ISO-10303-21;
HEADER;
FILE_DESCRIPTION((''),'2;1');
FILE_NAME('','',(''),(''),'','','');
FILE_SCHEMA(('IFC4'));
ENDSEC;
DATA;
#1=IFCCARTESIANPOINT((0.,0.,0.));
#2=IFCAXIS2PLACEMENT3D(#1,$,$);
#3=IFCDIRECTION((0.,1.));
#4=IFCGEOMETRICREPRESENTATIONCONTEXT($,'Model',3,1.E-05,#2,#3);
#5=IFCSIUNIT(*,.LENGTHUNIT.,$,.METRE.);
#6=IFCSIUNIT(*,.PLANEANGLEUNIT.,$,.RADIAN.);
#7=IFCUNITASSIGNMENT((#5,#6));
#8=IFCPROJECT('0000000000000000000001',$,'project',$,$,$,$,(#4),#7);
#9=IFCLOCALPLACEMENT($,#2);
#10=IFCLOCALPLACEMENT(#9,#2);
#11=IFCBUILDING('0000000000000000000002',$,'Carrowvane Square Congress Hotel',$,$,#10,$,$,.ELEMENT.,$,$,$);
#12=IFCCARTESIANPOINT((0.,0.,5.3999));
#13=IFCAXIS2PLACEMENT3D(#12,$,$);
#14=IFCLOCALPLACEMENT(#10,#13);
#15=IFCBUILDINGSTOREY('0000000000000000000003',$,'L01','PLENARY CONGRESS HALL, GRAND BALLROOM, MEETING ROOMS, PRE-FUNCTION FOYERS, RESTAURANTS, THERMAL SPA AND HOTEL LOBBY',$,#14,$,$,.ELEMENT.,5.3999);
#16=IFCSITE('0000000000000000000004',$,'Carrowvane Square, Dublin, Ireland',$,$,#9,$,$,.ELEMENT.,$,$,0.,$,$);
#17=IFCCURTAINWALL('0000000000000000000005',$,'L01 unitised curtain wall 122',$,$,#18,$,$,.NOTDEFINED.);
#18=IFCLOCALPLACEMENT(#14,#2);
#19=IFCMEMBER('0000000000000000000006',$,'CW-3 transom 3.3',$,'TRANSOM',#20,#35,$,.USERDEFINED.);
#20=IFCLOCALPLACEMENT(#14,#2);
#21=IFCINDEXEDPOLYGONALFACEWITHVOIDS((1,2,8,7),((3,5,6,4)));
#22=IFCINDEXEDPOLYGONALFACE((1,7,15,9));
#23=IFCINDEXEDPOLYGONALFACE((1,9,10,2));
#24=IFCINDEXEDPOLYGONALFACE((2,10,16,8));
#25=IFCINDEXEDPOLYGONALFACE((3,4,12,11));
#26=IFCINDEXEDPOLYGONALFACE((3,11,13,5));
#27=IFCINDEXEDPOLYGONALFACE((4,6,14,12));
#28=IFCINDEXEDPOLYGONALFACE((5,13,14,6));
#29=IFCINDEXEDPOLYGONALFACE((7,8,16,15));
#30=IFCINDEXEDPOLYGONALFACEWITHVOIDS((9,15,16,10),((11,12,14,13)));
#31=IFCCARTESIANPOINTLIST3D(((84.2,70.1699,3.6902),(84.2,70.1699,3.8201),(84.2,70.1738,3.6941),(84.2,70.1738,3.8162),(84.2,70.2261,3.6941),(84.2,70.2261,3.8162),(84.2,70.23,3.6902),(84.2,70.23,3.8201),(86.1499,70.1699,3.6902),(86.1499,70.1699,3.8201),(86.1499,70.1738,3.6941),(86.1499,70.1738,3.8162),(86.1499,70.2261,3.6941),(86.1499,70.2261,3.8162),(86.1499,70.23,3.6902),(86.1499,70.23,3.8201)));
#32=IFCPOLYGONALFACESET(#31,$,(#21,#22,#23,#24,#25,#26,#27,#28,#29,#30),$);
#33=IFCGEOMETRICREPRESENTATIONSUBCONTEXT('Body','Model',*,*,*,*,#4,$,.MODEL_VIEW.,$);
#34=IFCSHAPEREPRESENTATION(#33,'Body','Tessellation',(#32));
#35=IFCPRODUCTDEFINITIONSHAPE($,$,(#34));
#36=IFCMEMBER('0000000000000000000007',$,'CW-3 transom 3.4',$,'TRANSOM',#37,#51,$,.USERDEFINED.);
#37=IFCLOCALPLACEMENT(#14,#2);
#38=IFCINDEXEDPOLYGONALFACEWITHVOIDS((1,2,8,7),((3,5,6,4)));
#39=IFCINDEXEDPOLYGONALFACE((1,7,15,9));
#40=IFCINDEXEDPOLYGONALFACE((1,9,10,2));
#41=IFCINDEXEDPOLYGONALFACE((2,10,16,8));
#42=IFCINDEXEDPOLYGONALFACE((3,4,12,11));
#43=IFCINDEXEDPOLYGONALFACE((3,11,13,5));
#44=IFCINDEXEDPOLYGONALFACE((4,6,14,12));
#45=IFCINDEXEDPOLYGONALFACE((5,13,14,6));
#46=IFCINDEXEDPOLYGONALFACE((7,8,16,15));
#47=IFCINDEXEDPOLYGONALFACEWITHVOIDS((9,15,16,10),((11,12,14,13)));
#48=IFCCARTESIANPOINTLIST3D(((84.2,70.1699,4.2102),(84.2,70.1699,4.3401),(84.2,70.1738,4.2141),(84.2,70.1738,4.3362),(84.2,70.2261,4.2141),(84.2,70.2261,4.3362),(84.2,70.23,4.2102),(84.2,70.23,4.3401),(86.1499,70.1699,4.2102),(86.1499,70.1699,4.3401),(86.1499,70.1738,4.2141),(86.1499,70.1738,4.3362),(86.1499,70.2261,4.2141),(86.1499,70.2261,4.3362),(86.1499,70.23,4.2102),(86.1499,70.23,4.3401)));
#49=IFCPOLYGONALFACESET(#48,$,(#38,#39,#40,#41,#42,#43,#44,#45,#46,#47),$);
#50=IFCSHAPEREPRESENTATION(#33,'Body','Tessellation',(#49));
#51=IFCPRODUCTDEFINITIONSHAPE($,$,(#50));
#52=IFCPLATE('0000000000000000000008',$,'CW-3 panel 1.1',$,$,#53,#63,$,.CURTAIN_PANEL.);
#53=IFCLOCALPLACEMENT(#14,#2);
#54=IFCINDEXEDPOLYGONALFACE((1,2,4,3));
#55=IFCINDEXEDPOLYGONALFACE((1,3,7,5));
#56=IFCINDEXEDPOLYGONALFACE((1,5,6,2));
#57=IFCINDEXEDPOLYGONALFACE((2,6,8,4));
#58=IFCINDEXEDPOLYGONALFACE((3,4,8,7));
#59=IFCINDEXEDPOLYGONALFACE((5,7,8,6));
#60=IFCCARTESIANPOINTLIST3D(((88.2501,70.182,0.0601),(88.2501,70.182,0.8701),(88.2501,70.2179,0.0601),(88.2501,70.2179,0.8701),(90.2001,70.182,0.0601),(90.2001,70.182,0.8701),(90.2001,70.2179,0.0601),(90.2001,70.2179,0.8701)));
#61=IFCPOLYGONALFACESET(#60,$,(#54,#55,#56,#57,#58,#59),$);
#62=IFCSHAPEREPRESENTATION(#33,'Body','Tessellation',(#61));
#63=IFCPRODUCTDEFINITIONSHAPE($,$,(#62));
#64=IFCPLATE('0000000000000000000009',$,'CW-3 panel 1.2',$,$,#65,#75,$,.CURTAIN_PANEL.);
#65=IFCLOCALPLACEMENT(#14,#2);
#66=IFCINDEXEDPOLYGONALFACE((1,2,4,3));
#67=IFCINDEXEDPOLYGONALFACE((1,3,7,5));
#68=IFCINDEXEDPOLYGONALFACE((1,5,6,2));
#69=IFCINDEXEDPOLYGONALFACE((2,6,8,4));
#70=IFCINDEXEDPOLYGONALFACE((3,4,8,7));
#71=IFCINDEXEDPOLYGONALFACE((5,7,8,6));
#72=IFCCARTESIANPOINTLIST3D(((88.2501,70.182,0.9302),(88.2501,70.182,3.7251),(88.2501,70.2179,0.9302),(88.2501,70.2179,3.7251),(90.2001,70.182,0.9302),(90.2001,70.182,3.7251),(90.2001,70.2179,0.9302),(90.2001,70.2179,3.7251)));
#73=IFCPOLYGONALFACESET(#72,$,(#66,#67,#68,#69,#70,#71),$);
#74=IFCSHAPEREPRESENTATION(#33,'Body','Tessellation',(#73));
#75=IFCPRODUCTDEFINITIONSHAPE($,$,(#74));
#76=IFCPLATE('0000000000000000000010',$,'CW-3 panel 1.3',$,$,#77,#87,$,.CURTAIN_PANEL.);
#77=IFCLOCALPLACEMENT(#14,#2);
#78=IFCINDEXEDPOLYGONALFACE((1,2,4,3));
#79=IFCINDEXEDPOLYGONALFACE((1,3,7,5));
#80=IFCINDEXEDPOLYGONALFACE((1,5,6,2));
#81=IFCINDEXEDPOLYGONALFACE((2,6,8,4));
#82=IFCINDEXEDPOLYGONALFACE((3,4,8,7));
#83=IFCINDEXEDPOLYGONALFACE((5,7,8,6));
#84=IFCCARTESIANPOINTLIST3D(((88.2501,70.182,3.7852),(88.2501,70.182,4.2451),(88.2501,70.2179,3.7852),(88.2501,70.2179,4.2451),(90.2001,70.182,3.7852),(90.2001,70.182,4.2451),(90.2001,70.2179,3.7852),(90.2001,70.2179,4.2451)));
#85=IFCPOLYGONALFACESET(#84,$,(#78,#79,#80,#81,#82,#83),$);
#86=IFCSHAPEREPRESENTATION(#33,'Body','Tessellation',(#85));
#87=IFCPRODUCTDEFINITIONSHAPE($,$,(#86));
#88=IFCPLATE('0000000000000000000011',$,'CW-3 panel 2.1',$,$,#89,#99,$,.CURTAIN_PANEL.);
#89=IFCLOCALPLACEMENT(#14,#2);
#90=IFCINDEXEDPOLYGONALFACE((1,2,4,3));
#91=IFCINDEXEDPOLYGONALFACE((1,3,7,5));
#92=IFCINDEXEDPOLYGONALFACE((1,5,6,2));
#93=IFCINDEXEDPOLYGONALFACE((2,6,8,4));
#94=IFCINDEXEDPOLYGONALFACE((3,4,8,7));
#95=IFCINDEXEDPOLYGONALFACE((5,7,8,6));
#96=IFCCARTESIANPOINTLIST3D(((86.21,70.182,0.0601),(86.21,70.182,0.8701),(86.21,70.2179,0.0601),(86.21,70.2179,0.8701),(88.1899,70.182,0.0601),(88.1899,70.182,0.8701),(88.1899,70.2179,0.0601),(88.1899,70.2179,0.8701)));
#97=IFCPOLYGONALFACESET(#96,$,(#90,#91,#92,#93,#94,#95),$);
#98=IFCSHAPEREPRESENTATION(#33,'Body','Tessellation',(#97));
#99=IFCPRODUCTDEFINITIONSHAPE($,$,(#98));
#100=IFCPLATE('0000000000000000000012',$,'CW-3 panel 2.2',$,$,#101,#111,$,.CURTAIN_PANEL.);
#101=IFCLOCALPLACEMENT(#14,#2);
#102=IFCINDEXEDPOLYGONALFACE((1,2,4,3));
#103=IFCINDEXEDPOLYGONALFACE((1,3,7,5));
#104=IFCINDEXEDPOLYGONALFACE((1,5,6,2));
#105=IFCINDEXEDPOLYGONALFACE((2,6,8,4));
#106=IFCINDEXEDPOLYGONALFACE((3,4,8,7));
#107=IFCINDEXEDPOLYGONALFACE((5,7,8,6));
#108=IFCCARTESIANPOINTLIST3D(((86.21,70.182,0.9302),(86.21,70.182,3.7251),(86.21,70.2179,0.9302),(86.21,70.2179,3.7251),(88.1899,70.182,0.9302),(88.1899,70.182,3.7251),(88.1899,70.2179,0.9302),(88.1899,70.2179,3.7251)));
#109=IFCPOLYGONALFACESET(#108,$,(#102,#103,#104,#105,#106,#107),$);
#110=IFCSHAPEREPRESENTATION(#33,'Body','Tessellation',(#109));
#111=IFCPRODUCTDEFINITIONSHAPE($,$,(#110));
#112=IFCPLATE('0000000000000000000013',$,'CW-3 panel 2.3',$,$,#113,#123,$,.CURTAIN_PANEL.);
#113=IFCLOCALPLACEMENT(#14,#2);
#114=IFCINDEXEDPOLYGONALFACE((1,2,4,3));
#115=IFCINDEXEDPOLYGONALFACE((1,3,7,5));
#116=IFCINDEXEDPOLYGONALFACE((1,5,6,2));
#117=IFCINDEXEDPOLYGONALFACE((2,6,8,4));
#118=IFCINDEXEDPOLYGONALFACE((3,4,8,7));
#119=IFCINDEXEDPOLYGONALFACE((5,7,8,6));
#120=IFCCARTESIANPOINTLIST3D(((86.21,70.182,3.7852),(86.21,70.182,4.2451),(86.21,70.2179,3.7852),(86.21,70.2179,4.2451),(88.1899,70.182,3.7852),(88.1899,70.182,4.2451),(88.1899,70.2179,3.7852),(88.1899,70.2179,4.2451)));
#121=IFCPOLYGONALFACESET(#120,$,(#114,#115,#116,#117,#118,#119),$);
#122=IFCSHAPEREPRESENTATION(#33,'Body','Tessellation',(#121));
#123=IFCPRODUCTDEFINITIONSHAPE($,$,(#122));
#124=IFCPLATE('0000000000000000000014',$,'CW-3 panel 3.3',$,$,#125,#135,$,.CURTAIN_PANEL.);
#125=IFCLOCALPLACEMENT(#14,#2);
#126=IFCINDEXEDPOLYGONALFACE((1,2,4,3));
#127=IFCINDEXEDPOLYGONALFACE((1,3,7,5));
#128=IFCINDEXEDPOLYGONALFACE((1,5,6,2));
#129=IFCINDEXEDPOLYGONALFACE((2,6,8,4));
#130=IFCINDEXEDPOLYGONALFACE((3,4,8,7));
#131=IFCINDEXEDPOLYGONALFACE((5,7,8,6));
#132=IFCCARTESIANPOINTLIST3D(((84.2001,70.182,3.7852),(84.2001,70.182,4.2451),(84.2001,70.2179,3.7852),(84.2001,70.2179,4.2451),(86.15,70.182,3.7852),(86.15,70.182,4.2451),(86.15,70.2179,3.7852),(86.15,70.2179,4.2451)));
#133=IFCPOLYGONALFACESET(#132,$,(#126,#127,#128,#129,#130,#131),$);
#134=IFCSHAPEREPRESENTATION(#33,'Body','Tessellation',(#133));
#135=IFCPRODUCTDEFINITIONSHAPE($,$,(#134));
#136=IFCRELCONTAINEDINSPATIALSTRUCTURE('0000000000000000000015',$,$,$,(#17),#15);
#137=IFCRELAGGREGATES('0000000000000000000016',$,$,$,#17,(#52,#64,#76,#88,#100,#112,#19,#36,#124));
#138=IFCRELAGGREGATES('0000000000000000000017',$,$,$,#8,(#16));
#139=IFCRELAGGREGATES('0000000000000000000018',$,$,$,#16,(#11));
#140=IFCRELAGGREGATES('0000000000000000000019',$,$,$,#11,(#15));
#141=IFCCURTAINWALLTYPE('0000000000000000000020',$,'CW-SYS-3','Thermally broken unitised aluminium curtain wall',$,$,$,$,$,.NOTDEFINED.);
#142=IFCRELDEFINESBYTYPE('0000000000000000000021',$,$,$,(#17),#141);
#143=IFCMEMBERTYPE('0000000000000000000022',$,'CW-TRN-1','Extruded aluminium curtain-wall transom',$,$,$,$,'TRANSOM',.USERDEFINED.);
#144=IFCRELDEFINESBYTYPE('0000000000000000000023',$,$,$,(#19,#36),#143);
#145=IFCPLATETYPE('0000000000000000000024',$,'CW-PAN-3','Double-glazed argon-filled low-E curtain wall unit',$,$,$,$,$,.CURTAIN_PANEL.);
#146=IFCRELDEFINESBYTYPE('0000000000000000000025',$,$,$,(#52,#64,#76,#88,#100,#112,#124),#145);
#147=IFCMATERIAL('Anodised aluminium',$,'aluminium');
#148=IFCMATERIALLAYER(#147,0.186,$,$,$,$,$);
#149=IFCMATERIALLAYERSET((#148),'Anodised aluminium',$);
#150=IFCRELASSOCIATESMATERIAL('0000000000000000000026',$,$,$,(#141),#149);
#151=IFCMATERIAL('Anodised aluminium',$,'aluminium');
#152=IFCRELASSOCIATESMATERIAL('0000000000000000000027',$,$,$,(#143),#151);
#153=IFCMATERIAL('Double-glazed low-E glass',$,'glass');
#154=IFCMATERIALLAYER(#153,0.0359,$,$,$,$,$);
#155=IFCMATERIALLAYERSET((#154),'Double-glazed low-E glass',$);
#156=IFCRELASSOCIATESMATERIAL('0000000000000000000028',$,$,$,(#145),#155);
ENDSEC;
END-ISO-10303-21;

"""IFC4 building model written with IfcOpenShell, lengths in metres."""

from ifc_helpers import new_model, si_unit, direction, frame, origin, origin_2d, place, context, subcontext, project, spatial, rectangle, hollow_rectangle, extrude, material, layer, layer_set, material_profile, profile_set, type_object, element, aggregate, save


model = new_model("IFC4")

# Units and contexts
model_context = context("Model", 3, precision=1e-05, world=origin(), true_north=direction((0.0, 1.0)))
body_context = subcontext(model_context, "Body", "Model", "MODEL_VIEW")
ifc_project = project(units=[si_unit("LENGTHUNIT", "METRE"), si_unit("PLANEANGLEUNIT", "RADIAN")], contexts=[model_context])

# Site, building, storey
site_placement = place(None, origin())
site = spatial("IfcSite", under=ifc_project, at=site_placement, Name="Carrowvane Square, Dublin, Ireland", CompositionType="ELEMENT", RefElevation=0.0)
building_placement = place(site_placement, origin())
building = spatial("IfcBuilding", under=site, at=building_placement, Name="Carrowvane Square Congress Hotel", CompositionType="ELEMENT")
storey_placement = place(building_placement, frame((0.0, 0.0, 5.3999)))
storey = spatial("IfcBuildingStorey", under=building, at=storey_placement, Name="L01", Description="PLENARY CONGRESS HALL, GRAND BALLROOM, MEETING ROOMS, PRE-FUNCTION FOYERS, RESTAURANTS, THERMAL SPA AND HOTEL LOBBY", CompositionType="ELEMENT", Elevation=5.3999)

# Curtain wall, members, plates
ifc_material_1 = material(Name="Anodised aluminium", Category="aluminium")
ifc_layer_1 = layer(ifc_material_1, 0.186)
ifc_layer_set_1 = layer_set([ifc_layer_1], Name="Anodised aluminium")
curtain_wall_type = type_object("IfcCurtainWallType", Name="CW-SYS-3", Description="Thermally broken unitised aluminium curtain wall", PredefinedType="NOTDEFINED", material=ifc_layer_set_1)
curtain_wall_placement = place(storey_placement, origin())
curtain_wall = element("IfcCurtainWall", 1, at=curtain_wall_placement, inside=storey, type_object=curtain_wall_type, Name="L01 unitised curtain wall 122", PredefinedType="NOTDEFINED")
ifc_material_2 = material(Name="Anodised aluminium", Category="aluminium")
ifc_material_profile_1 = material_profile(ifc_material_2, hollow_rectangle(XDim=0.0601, YDim=0.1299, WallThickness=0.0039, at=origin_2d()), Name="CW-TR 60x130x4")
ifc_profile_set_1 = profile_set([ifc_material_profile_1], Name="Anodised aluminium")
member_type_1 = type_object("IfcMemberType", Name="CW-TRN-1", Description="Extruded aluminium curtain-wall transom", ElementType="TRANSOM", PredefinedType="USERDEFINED", material=ifc_profile_set_1)
member_1_placement = place(storey_placement, frame((86.1499, 70.2, 3.7551), z_axis=(-1.0, 0.0, 0.0), x_axis=(0.0, -1.0, 0.0)))
member_1 = element("IfcMember", 2, at=member_1_placement, type_object=member_type_1, Name="CW-3 transom 3.3", ObjectType="TRANSOM", PredefinedType="USERDEFINED", context=body_context, shape_type="SweptSolid", body=[
    extrude(hollow_rectangle(XDim=0.0601, YDim=0.1299, WallThickness=0.0039, at=origin_2d()), origin(), (0.0, 0.0, 1.0), 1.95),
])
member_2_placement = place(storey_placement, frame((86.1499, 70.2, 4.2751), z_axis=(-1.0, 0.0, 0.0), x_axis=(0.0, -1.0, 0.0)))
member_2 = element("IfcMember", 3, at=member_2_placement, type_object=member_type_1, Name="CW-3 transom 3.4", ObjectType="TRANSOM", PredefinedType="USERDEFINED", context=body_context, shape_type="SweptSolid", body=[
    extrude(hollow_rectangle(XDim=0.0601, YDim=0.1299, WallThickness=0.0039, at=origin_2d()), origin(), (0.0, 0.0, 1.0), 1.95),
])
ifc_material_3 = material(Name="Double-glazed low-E glass", Category="glass")
ifc_layer_2 = layer(ifc_material_3, 0.0359)
ifc_layer_set_2 = layer_set([ifc_layer_2], Name="Double-glazed low-E glass")
plate_type = type_object("IfcPlateType", Name="CW-PAN-3", Description="Double-glazed argon-filled low-E curtain wall unit", PredefinedType="CURTAIN_PANEL", material=ifc_layer_set_2)
plate_1_placement = place(storey_placement, frame((89.2251, 70.2, 0.0601), z_axis=(0.0, 0.0, 1.0), x_axis=(-1.0, 0.0, 0.0)))
plate_1 = element("IfcPlate", 4, at=plate_1_placement, type_object=plate_type, Name="CW-3 panel 1.1", PredefinedType="CURTAIN_PANEL", context=body_context, shape_type="SweptSolid", body=[
    extrude(rectangle(XDim=1.95, YDim=0.0359, at=origin_2d()), origin(), (0.0, 0.0, 1.0), 0.8101),
])
plate_2_placement = place(storey_placement, frame((89.2251, 70.2, 0.9302), z_axis=(0.0, 0.0, 1.0), x_axis=(-1.0, 0.0, 0.0)))
plate_2 = element("IfcPlate", 5, at=plate_2_placement, type_object=plate_type, Name="CW-3 panel 1.2", PredefinedType="CURTAIN_PANEL", context=body_context, shape_type="SweptSolid", body=[
    extrude(rectangle(XDim=1.95, YDim=0.0359, at=origin_2d()), origin(), (0.0, 0.0, 1.0), 2.7949),
])
plate_3_placement = place(storey_placement, frame((89.2251, 70.2, 3.7852), z_axis=(0.0, 0.0, 1.0), x_axis=(-1.0, 0.0, 0.0)))
plate_3 = element("IfcPlate", 6, at=plate_3_placement, type_object=plate_type, Name="CW-3 panel 1.3", PredefinedType="CURTAIN_PANEL", context=body_context, shape_type="SweptSolid", body=[
    extrude(rectangle(XDim=1.95, YDim=0.0359, at=origin_2d()), origin(), (0.0, 0.0, 1.0), 0.46),
])
plate_4_placement = place(storey_placement, frame((87.2, 70.2, 0.0601), z_axis=(0.0, 0.0, 1.0), x_axis=(-1.0, 0.0, 0.0)))
plate_4 = element("IfcPlate", 7, at=plate_4_placement, type_object=plate_type, Name="CW-3 panel 2.1", PredefinedType="CURTAIN_PANEL", context=body_context, shape_type="SweptSolid", body=[
    extrude(rectangle(XDim=1.98, YDim=0.0359, at=origin_2d()), origin(), (0.0, 0.0, 1.0), 0.8101),
])
plate_5_placement = place(storey_placement, frame((87.2, 70.2, 0.9302), z_axis=(0.0, 0.0, 1.0), x_axis=(-1.0, 0.0, 0.0)))
plate_5 = element("IfcPlate", 8, at=plate_5_placement, type_object=plate_type, Name="CW-3 panel 2.2", PredefinedType="CURTAIN_PANEL", context=body_context, shape_type="SweptSolid", body=[
    extrude(rectangle(XDim=1.98, YDim=0.0359, at=origin_2d()), origin(), (0.0, 0.0, 1.0), 2.7949),
])
plate_6_placement = place(storey_placement, frame((87.2, 70.2, 3.7852), z_axis=(0.0, 0.0, 1.0), x_axis=(-1.0, 0.0, 0.0)))
plate_6 = element("IfcPlate", 9, at=plate_6_placement, type_object=plate_type, Name="CW-3 panel 2.3", PredefinedType="CURTAIN_PANEL", context=body_context, shape_type="SweptSolid", body=[
    extrude(rectangle(XDim=1.98, YDim=0.0359, at=origin_2d()), origin(), (0.0, 0.0, 1.0), 0.46),
])
plate_7_placement = place(storey_placement, frame((85.175, 70.2, 3.7852), z_axis=(0.0, 0.0, 1.0), x_axis=(-1.0, 0.0, 0.0)))
plate_7 = element("IfcPlate", 10, at=plate_7_placement, type_object=plate_type, Name="CW-3 panel 3.3", PredefinedType="CURTAIN_PANEL", context=body_context, shape_type="SweptSolid", body=[
    extrude(rectangle(XDim=1.95, YDim=0.0359, at=origin_2d()), origin(), (0.0, 0.0, 1.0), 0.46),
])
aggregate(curtain_wall, [plate_1, plate_2, plate_3, plate_4, plate_5, plate_6, member_1, member_2, plate_7])

save(model, "model.ifc")
